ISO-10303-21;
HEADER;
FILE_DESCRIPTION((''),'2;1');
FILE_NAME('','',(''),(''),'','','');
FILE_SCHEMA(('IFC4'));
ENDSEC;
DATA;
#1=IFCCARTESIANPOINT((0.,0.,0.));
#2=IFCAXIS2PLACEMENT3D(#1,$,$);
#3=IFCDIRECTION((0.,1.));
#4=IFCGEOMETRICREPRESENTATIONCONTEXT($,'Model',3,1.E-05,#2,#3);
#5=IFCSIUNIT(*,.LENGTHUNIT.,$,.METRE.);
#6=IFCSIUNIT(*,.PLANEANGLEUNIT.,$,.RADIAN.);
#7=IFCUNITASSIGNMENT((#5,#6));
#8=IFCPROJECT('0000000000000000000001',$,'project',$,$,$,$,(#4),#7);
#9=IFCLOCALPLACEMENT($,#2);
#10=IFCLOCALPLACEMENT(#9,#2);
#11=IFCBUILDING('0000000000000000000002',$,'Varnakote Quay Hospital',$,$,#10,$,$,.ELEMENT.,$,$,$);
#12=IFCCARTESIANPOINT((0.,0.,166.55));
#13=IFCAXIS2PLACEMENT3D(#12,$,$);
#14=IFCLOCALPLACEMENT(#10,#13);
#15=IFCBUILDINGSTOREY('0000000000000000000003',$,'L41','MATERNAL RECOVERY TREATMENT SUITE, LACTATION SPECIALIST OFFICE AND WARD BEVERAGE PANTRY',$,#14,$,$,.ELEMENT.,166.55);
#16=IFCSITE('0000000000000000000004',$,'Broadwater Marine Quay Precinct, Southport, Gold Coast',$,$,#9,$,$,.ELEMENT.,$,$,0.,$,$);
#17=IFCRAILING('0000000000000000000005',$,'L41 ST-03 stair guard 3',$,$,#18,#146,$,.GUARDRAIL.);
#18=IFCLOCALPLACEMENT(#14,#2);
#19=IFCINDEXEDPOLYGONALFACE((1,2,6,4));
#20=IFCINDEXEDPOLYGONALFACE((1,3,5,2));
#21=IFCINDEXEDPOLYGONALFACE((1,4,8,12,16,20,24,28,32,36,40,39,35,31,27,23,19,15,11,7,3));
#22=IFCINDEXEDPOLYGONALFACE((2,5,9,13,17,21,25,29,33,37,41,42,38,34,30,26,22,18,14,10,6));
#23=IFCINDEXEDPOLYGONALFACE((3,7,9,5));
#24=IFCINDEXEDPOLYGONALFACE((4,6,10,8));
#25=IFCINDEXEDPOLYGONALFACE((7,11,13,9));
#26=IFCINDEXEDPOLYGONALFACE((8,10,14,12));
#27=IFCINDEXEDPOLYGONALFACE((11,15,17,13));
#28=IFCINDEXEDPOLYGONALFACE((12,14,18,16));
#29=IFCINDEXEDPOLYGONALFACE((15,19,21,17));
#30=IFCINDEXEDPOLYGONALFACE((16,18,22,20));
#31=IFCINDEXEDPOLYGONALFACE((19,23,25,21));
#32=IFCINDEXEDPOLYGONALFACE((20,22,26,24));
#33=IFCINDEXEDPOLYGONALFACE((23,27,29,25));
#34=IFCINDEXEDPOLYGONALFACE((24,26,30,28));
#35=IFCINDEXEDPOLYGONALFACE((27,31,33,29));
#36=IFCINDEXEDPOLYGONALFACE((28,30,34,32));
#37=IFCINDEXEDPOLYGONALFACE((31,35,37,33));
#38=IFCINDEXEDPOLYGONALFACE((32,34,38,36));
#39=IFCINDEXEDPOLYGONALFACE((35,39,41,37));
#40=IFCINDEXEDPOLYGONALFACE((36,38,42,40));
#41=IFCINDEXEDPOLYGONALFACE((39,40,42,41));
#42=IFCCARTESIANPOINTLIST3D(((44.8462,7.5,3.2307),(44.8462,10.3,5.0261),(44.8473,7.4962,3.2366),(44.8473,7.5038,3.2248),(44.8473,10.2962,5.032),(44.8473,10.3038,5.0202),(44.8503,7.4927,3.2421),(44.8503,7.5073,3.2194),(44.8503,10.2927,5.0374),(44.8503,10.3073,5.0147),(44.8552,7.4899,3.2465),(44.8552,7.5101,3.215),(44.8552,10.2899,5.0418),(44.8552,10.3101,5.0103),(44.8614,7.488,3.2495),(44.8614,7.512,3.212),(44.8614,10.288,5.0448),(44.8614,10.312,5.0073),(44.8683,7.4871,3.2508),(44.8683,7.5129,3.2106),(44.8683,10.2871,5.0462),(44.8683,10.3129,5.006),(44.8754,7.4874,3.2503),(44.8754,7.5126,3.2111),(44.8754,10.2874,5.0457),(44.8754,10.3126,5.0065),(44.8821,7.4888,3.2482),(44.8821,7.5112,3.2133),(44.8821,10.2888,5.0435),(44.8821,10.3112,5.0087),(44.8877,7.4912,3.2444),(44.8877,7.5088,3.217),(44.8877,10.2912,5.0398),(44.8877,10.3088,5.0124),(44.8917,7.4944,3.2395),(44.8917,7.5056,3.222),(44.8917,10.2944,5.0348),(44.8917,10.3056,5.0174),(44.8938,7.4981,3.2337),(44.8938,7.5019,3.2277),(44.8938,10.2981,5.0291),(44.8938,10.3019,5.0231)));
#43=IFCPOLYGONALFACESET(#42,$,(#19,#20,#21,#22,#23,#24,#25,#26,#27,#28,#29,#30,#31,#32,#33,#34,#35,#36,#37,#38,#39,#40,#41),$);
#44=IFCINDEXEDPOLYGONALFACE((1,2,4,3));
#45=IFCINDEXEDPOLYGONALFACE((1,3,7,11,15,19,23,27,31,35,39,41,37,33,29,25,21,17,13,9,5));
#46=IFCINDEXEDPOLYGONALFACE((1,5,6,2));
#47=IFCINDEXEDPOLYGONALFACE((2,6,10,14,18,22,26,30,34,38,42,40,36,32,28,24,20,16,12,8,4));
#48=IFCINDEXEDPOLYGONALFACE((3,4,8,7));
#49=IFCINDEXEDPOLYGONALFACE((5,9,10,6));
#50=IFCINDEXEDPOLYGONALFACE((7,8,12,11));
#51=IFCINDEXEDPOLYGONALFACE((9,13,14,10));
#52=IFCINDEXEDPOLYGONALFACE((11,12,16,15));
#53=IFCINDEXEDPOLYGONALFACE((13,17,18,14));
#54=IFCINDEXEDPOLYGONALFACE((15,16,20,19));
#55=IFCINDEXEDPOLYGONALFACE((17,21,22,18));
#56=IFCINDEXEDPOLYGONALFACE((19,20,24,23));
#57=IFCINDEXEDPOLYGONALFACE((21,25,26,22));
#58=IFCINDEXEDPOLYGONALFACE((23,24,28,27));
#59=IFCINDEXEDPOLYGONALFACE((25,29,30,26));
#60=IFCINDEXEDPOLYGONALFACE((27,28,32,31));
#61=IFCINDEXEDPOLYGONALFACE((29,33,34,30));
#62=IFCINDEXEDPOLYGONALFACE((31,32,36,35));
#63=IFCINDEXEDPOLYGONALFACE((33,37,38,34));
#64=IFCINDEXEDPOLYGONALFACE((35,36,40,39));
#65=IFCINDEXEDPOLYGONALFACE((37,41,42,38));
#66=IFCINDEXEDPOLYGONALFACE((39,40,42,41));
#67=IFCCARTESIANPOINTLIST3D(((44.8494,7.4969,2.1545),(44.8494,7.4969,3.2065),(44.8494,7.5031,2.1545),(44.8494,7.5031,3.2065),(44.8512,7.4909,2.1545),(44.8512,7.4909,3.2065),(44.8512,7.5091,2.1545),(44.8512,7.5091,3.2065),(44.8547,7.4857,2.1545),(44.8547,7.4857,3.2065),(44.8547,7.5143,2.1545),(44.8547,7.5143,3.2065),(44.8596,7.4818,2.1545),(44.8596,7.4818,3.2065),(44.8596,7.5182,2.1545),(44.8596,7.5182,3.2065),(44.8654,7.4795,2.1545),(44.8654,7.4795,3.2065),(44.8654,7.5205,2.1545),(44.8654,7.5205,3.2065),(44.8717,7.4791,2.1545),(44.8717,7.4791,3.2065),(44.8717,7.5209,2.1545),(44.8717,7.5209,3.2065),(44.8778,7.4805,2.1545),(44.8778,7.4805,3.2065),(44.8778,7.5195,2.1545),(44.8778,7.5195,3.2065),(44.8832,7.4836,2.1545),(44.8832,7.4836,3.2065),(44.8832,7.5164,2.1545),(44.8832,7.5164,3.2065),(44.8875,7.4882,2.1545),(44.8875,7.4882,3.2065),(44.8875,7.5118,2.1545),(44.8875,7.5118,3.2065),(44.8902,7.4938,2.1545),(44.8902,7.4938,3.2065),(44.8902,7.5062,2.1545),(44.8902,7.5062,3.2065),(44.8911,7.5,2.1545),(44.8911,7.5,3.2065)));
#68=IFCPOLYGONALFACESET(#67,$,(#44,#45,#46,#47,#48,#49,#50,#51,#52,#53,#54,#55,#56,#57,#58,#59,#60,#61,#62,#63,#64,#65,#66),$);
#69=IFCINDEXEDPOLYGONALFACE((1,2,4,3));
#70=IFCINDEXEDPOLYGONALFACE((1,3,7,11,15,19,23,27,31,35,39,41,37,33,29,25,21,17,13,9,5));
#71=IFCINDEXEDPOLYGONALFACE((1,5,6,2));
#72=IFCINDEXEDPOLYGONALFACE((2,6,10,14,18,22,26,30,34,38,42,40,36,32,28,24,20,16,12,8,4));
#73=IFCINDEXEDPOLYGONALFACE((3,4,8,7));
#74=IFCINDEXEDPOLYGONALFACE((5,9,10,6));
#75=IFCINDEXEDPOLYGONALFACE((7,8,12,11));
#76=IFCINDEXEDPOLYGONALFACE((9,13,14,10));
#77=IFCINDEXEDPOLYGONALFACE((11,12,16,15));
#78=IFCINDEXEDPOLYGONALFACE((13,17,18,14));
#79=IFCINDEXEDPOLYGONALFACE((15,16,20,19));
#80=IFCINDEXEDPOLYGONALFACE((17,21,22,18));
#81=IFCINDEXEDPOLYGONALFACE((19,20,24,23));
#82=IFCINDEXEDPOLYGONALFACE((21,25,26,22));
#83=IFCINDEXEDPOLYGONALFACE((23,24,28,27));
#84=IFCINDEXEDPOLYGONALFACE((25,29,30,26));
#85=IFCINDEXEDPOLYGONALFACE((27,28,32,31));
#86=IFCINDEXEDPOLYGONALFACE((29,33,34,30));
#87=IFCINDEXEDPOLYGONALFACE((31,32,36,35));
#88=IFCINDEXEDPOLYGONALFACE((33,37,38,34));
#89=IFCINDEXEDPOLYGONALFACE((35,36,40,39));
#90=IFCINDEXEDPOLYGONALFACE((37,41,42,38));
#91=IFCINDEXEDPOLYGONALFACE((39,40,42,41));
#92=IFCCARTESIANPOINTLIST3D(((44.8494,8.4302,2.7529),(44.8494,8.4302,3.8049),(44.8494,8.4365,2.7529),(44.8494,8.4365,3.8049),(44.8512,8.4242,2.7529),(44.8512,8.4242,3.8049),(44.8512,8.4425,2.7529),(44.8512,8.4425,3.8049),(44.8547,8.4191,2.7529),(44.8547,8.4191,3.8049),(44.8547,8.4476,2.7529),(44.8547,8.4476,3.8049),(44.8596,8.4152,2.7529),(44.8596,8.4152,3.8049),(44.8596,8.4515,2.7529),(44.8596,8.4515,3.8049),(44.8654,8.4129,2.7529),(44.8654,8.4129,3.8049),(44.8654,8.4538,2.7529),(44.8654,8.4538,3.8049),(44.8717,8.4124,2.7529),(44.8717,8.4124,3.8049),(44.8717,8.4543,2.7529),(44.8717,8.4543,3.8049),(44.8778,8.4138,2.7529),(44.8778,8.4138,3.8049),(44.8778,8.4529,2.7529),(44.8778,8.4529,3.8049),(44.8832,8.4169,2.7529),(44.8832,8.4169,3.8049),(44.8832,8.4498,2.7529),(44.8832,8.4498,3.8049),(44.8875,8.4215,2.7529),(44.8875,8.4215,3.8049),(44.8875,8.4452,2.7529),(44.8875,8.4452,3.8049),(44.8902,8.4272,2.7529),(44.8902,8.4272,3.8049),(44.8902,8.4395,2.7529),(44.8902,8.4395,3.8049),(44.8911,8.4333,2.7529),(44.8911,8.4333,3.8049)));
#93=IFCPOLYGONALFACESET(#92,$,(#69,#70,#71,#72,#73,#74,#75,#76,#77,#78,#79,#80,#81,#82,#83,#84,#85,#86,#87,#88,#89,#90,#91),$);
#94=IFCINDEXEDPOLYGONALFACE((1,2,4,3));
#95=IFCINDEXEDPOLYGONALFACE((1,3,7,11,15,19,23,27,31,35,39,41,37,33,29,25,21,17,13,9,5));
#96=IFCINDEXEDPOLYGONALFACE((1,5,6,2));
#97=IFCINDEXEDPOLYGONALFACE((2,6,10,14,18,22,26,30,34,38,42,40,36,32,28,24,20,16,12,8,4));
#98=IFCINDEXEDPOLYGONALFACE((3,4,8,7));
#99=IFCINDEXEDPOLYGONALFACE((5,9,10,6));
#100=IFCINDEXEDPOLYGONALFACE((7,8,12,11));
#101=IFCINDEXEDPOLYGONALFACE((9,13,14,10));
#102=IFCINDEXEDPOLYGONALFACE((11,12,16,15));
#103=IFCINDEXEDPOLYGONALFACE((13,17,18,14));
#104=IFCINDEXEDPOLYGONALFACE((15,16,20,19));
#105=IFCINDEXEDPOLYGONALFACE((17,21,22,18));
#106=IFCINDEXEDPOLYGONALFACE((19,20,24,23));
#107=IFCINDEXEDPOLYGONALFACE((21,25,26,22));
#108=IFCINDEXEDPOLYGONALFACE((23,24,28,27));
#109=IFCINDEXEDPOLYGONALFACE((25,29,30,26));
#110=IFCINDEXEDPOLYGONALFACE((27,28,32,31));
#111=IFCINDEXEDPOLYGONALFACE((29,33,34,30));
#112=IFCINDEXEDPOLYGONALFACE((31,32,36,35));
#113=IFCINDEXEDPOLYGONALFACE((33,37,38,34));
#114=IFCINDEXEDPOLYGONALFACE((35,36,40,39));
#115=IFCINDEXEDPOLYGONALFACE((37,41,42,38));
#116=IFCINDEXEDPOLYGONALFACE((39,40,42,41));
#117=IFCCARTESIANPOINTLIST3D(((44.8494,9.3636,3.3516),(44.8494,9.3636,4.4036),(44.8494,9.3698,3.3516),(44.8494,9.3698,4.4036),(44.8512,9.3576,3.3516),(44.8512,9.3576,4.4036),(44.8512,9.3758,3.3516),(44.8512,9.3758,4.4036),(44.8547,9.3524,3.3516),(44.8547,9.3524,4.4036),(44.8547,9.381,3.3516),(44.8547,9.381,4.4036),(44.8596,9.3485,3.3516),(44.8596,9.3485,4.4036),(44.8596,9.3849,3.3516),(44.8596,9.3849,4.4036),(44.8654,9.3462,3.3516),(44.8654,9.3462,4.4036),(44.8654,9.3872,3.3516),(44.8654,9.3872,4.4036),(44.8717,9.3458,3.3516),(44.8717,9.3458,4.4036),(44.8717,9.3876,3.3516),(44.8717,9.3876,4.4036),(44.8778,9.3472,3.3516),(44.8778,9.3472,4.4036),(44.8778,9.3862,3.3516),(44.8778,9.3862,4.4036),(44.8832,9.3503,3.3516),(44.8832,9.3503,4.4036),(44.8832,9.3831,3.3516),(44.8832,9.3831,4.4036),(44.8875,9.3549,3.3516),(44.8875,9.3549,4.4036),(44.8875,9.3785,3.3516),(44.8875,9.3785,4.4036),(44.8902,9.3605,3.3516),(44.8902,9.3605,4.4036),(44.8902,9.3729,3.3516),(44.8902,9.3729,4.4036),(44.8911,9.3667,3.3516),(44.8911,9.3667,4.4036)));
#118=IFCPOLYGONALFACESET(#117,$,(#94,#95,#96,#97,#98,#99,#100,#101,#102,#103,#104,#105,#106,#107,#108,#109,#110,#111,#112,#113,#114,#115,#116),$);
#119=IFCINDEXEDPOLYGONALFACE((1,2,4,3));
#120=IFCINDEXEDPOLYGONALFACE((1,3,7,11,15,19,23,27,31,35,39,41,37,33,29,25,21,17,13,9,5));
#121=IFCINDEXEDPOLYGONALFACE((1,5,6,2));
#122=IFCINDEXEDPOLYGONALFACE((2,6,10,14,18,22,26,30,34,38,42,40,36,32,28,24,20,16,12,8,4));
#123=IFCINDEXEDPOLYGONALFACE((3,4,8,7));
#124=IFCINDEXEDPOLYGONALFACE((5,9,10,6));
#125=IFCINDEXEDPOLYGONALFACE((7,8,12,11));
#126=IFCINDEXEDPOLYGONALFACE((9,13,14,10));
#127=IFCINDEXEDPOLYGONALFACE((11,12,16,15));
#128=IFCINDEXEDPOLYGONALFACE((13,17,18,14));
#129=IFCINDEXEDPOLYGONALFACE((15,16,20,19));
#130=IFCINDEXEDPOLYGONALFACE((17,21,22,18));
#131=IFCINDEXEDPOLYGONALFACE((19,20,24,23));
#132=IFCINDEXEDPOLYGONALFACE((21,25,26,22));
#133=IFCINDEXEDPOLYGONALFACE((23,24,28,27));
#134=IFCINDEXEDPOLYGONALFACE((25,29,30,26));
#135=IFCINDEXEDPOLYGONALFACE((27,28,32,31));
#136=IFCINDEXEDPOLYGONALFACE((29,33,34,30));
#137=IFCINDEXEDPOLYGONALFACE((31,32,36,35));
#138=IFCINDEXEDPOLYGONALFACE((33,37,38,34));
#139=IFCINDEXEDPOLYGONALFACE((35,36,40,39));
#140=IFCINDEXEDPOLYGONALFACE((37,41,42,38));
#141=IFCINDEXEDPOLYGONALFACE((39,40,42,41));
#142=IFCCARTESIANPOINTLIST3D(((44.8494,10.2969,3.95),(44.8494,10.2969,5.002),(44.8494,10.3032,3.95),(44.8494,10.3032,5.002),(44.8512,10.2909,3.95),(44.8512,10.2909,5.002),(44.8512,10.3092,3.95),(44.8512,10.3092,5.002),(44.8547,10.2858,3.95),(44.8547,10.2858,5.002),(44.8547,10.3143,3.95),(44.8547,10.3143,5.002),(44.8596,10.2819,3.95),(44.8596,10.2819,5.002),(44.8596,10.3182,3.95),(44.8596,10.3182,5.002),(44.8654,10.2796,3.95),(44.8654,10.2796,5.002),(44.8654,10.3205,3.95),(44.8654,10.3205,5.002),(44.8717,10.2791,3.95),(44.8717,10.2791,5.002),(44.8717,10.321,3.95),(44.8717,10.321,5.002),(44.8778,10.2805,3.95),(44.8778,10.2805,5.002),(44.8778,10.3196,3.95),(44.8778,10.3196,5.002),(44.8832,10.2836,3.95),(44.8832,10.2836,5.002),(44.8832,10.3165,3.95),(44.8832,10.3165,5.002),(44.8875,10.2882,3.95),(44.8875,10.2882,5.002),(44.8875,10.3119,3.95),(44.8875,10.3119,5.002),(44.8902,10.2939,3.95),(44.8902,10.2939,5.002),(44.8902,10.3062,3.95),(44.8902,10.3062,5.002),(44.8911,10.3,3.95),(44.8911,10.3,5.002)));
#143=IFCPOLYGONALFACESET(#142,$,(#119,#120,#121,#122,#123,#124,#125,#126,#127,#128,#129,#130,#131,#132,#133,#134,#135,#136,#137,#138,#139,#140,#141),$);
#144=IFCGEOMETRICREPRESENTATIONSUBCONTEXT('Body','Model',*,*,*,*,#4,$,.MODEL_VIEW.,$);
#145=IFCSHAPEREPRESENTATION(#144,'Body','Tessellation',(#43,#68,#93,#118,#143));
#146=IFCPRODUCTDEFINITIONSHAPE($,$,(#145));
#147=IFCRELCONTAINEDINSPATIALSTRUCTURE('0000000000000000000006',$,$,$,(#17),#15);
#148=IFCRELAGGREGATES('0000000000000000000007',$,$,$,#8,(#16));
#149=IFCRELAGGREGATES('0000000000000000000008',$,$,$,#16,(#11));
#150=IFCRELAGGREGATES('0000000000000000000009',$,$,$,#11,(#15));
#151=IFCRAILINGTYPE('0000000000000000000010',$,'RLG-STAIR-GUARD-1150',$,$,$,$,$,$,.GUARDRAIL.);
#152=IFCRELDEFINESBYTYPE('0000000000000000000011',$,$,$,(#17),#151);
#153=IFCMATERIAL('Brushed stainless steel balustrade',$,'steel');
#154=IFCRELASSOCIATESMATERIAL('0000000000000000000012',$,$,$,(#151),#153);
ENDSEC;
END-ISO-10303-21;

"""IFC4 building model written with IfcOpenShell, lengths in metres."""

from ifc_helpers import new_model, si_unit, direction, frame, origin, origin_2d, place, context, subcontext, project, spatial, circle, extrude, material, type_object, element, save


model = new_model("IFC4")

# Units and contexts
model_context = context("Model", 3, precision=1e-05, world=origin(), true_north=direction((0.0, 1.0)))
body_context = subcontext(model_context, "Body", "Model", "MODEL_VIEW")
ifc_project = project(units=[si_unit("LENGTHUNIT", "METRE"), si_unit("PLANEANGLEUNIT", "RADIAN")], contexts=[model_context])

# Site, building, storey
site_placement = place(None, origin())
site = spatial("IfcSite", under=ifc_project, at=site_placement, Name="Broadwater Marine Quay Precinct, Southport, Gold Coast", CompositionType="ELEMENT", RefElevation=0.0)
building_placement = place(site_placement, origin())
building = spatial("IfcBuilding", under=site, at=building_placement, Name="Varnakote Quay Hospital", CompositionType="ELEMENT")
storey_placement = place(building_placement, frame((0.0, 0.0, 166.55)))
storey = spatial("IfcBuildingStorey", under=building, at=storey_placement, Name="L41", Description="MATERNAL RECOVERY TREATMENT SUITE, LACTATION SPECIALIST OFFICE AND WARD BEVERAGE PANTRY", CompositionType="ELEMENT", Elevation=166.55)

# Railing
ifc_material_1 = material(Name="Brushed stainless steel balustrade", Category="steel")
railing_type_1 = type_object("IfcRailingType", Name="RLG-STAIR-GUARD-1150", PredefinedType="GUARDRAIL", material=ifc_material_1)
railing_1_placement = place(storey_placement, frame((44.8701, 7.5, 2.1545)))
element("IfcRailing", 1, at=railing_1_placement, inside=storey, type_object=railing_type_1, Name="L41 ST-03 stair guard 3", PredefinedType="GUARDRAIL", context=body_context, shape_type="SweptSolid", body=[
    extrude(circle(Radius=0.0239, at=origin_2d()), frame((0.0, 0.0, 1.0762), z_axis=(0.0, 0.84181, 0.539774), x_axis=(-1.0, 0.0, 0.0)), (0.0, 0.0, 1.0), 3.3262),
    extrude(circle(Radius=0.021, at=origin_2d()), origin(), (0.0, 0.0, 1.0), 1.052),
    extrude(circle(Radius=0.021, at=origin_2d()), frame((0.0, 0.9333, 0.5984)), (0.0, 0.0, 1.0), 1.052),
    extrude(circle(Radius=0.021, at=origin_2d()), frame((0.0, 1.8667, 1.197)), (0.0, 0.0, 1.0), 1.052),
    extrude(circle(Radius=0.021, at=origin_2d()), frame((0.0, 2.8, 1.7954)), (0.0, 0.0, 1.0), 1.052),
])

save(model, "model.ifc")
